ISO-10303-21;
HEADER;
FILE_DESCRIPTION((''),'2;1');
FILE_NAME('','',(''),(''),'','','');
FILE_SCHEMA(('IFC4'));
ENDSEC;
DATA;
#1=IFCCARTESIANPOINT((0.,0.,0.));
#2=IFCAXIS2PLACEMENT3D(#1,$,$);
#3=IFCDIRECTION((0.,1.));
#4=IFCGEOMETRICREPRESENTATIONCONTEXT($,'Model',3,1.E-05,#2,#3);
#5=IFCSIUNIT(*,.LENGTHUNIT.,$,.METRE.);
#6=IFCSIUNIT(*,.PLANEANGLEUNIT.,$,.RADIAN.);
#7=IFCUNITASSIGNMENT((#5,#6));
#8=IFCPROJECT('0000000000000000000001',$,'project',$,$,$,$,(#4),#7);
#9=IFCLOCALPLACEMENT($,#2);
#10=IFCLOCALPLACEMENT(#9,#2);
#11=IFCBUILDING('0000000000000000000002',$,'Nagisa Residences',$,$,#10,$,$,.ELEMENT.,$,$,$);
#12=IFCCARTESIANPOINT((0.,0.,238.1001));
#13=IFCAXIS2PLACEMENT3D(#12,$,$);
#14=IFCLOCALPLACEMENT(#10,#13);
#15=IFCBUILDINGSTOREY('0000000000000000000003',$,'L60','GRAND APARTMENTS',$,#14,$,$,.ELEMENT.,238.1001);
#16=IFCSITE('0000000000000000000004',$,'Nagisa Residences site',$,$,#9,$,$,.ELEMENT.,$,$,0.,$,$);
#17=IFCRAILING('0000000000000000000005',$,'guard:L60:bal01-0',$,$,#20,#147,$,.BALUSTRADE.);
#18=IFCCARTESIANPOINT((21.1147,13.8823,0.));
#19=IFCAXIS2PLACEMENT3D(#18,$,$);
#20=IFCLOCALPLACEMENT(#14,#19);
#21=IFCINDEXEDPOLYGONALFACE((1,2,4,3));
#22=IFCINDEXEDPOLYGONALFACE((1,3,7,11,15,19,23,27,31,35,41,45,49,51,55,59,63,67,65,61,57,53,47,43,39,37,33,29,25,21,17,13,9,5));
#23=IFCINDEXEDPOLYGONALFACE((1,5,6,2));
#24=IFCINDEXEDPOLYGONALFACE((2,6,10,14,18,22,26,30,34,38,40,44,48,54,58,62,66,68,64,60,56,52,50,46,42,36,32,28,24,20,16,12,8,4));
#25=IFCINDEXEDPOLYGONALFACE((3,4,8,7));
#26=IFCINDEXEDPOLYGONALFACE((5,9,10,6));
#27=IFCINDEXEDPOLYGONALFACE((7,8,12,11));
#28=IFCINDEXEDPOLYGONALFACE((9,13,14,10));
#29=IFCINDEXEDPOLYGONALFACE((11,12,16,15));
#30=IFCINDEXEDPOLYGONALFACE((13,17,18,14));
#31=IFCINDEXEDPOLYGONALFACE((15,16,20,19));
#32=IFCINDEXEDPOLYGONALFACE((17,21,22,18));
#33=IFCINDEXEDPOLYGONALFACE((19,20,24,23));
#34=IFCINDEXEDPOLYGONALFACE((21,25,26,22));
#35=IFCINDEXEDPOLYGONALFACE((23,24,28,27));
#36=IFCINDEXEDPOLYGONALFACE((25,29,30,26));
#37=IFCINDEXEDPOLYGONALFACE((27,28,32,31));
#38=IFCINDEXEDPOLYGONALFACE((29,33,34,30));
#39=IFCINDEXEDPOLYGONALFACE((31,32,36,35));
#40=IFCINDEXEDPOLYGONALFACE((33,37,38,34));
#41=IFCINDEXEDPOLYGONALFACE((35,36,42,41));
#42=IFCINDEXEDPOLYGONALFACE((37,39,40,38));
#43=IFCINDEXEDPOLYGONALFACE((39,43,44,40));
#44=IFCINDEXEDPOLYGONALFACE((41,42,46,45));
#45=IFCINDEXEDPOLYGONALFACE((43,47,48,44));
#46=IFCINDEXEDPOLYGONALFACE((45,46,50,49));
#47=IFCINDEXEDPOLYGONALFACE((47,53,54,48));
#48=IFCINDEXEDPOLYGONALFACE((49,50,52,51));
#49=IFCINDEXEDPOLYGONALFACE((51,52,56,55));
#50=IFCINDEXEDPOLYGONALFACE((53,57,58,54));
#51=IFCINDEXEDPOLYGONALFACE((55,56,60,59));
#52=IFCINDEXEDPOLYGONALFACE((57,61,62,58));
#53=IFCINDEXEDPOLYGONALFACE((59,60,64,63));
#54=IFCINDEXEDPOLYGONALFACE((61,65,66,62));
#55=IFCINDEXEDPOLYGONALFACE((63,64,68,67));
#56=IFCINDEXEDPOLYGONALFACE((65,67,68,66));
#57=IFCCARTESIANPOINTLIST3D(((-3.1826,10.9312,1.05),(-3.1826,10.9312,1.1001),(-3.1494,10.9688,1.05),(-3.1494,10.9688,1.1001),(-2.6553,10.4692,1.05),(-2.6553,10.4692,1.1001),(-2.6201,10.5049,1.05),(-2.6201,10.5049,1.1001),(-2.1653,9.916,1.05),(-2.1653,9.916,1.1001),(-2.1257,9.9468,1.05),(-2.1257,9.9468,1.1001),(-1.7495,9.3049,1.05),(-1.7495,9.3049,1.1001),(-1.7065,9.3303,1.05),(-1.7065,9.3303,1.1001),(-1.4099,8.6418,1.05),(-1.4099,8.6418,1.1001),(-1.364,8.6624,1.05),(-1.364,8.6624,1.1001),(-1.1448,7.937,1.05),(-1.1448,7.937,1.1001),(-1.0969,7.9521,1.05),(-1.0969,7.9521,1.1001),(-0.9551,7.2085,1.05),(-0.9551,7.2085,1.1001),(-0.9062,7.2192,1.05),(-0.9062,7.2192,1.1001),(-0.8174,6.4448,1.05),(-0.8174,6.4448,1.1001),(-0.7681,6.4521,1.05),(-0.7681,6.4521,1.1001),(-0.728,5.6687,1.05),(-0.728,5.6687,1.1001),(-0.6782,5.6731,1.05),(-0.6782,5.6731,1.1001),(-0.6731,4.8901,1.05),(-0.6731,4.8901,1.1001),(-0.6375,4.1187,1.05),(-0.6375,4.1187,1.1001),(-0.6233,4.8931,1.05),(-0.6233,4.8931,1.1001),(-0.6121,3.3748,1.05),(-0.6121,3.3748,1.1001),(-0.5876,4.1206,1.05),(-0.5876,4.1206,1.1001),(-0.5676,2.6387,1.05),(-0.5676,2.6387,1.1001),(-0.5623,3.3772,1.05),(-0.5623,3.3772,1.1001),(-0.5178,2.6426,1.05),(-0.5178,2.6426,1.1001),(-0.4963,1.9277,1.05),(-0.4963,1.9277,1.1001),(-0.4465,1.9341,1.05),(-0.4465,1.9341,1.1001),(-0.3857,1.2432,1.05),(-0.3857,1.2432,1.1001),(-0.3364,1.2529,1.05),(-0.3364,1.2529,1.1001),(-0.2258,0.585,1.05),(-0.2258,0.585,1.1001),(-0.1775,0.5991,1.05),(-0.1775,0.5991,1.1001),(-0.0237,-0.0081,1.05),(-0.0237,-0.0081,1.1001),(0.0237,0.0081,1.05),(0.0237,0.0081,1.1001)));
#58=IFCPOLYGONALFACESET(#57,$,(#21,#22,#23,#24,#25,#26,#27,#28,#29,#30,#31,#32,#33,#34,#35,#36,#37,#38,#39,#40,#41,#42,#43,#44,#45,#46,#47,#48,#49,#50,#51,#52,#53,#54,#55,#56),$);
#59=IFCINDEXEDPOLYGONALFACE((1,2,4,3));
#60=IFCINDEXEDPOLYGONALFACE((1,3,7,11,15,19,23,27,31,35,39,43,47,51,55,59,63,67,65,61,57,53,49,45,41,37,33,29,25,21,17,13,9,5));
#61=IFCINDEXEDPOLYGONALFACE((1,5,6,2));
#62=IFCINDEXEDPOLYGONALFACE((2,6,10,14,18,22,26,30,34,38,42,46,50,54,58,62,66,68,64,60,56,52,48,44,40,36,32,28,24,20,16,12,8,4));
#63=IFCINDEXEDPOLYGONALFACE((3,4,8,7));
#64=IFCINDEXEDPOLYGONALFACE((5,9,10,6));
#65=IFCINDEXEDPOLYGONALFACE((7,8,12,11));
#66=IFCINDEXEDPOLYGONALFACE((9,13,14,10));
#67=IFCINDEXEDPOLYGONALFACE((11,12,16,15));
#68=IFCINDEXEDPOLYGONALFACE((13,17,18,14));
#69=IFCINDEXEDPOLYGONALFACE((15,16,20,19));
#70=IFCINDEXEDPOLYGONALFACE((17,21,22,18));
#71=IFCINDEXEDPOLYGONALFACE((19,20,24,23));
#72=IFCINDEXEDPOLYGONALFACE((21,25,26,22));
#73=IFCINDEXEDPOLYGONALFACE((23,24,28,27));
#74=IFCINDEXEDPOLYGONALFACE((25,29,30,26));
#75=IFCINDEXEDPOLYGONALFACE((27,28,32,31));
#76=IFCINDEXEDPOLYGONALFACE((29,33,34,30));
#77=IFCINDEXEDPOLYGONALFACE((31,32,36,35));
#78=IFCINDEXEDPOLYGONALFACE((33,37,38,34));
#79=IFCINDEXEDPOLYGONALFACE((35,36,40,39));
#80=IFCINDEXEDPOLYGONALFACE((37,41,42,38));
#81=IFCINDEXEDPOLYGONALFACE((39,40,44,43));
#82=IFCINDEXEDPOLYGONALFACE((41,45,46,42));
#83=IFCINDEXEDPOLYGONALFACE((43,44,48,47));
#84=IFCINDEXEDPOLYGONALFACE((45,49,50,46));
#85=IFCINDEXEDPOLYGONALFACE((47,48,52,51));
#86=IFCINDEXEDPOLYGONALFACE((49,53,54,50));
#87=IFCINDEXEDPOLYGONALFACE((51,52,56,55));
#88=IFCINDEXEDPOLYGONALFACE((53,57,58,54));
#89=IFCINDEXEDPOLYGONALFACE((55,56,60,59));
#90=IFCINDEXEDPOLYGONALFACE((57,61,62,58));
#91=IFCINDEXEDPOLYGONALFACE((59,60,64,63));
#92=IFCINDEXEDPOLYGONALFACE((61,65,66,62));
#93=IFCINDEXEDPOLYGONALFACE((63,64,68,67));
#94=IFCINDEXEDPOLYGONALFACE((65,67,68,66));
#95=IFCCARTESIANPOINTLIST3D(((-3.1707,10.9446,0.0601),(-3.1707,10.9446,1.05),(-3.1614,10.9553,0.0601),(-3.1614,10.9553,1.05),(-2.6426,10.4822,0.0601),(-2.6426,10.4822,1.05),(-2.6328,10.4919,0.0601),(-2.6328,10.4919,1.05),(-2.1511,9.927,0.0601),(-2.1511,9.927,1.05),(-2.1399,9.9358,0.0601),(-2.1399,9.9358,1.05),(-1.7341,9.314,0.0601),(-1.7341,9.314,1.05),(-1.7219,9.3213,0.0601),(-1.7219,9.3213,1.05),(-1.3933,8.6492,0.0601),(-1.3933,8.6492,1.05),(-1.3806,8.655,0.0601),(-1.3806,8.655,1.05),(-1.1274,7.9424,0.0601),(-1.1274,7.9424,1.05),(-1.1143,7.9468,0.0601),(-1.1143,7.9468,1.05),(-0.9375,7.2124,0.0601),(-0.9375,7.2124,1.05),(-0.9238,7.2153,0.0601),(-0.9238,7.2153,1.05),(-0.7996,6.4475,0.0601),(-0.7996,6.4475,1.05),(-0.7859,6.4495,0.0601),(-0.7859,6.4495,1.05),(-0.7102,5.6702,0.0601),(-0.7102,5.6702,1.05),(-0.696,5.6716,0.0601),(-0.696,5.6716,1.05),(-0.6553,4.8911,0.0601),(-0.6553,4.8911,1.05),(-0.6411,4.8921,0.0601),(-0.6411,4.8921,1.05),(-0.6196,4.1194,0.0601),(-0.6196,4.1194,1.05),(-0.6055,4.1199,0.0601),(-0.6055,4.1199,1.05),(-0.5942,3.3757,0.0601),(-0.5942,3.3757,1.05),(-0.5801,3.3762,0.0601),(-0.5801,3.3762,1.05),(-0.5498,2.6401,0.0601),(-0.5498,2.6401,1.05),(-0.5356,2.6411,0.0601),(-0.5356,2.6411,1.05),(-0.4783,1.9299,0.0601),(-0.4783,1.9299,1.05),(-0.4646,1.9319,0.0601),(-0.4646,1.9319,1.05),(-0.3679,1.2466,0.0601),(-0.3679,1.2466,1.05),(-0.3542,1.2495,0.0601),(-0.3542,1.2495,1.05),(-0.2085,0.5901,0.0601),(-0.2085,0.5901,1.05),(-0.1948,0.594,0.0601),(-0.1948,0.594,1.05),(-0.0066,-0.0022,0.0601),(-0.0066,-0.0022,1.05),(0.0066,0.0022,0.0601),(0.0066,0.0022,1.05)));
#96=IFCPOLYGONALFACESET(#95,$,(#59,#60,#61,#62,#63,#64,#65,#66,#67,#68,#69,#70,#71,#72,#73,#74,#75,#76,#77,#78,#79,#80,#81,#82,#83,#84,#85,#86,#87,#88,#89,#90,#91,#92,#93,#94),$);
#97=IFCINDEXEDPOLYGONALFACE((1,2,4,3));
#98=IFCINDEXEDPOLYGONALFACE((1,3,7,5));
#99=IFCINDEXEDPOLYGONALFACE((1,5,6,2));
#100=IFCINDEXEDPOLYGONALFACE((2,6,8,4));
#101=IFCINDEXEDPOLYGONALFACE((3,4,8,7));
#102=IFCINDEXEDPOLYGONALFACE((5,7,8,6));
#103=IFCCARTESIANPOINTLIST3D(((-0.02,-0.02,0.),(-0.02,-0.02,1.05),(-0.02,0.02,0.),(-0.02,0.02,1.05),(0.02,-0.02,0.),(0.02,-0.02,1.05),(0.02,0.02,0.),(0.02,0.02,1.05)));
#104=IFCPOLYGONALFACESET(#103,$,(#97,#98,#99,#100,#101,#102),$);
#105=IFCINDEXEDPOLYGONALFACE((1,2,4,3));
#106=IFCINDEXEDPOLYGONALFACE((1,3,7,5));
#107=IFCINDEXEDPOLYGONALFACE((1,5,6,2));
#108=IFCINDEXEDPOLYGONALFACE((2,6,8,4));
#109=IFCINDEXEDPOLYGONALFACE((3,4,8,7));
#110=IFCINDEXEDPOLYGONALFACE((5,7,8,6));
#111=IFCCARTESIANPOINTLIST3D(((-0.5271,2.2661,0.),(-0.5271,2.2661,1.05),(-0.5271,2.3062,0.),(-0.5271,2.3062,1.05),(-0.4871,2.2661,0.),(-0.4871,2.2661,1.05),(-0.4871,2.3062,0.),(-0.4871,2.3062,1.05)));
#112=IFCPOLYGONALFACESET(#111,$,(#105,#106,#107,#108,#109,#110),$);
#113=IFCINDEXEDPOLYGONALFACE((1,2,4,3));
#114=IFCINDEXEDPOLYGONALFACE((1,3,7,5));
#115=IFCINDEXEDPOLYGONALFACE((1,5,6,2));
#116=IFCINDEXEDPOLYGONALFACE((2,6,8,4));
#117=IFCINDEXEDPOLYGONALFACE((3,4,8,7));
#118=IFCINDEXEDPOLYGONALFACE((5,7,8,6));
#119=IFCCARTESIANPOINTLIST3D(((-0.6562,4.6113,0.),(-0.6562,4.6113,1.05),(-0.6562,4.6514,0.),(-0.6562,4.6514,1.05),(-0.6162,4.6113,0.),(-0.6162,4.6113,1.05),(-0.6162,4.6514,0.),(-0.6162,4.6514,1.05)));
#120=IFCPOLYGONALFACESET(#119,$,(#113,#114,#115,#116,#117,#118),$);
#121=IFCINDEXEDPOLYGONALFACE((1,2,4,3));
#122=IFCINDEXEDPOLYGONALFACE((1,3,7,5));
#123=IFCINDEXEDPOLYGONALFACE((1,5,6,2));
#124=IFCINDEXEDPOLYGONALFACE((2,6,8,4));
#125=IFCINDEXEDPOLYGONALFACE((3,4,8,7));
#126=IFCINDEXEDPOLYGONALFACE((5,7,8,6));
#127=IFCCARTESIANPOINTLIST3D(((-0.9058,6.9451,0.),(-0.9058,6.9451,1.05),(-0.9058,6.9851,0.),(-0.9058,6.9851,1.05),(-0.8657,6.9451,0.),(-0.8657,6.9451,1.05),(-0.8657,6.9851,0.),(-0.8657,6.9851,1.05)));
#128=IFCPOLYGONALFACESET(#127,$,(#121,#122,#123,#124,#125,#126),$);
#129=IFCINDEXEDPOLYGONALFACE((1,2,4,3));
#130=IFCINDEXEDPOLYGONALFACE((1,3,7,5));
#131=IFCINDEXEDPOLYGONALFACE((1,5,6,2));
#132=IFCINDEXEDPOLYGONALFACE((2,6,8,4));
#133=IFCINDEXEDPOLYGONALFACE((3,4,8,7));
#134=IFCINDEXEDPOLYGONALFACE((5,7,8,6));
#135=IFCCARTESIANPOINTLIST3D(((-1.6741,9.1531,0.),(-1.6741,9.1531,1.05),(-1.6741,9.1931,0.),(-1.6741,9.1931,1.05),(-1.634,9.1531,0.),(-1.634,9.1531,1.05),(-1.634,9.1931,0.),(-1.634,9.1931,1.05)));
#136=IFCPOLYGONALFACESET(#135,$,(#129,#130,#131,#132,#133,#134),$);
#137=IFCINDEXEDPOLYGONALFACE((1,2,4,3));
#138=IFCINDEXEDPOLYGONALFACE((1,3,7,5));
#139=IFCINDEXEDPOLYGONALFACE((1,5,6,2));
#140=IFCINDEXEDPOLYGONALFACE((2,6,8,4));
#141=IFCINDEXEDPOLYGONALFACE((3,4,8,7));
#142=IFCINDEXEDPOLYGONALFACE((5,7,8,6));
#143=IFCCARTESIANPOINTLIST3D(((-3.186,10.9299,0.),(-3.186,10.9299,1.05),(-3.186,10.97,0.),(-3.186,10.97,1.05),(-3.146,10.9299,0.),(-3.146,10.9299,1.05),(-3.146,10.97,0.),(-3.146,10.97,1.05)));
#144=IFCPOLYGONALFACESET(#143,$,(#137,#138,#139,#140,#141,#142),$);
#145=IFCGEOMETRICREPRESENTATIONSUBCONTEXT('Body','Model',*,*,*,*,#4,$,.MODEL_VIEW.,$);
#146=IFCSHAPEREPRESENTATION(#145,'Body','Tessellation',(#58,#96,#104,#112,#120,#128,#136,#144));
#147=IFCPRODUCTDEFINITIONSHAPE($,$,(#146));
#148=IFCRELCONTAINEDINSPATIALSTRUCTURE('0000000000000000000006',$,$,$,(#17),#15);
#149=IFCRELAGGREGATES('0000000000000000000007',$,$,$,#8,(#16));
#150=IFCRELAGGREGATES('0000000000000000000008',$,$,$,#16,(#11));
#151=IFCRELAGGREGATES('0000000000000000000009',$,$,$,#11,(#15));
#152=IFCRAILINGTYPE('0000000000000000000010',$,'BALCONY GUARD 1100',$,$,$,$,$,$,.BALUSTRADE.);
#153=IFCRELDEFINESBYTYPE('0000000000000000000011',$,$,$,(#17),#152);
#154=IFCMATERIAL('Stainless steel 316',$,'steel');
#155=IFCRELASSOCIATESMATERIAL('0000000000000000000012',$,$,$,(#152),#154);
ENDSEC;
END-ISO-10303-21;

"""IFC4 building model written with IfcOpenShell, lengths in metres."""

from ifc_helpers import new_model, si_unit, direction, frame, origin, origin_2d, place, context, subcontext, project, spatial, polyline, rectangle, outline, extrude, material, type_object, element, save


model = new_model("IFC4")

# Units and contexts
model_context = context("Model", 3, precision=1e-05, world=origin(), true_north=direction((0.0, 1.0)))
body_context = subcontext(model_context, "Body", "Model", "MODEL_VIEW")
ifc_project = project(units=[si_unit("LENGTHUNIT", "METRE"), si_unit("PLANEANGLEUNIT", "RADIAN")], contexts=[model_context])

# Site, building, storey
site_placement = place(None, origin())
site = spatial("IfcSite", under=ifc_project, at=site_placement, Name="Nagisa Residences site", CompositionType="ELEMENT", RefElevation=0.0)
building_placement = place(site_placement, origin())
building = spatial("IfcBuilding", under=site, at=building_placement, Name="Nagisa Residences", CompositionType="ELEMENT")
storey_placement = place(building_placement, frame((0.0, 0.0, 238.1001)))
storey = spatial("IfcBuildingStorey", under=building, at=storey_placement, Name="L60", Description="GRAND APARTMENTS", CompositionType="ELEMENT", Elevation=238.1001)

# Railing
ifc_material_1 = material(Name="Stainless steel 316", Category="steel")
railing_type = type_object("IfcRailingType", Name="BALCONY GUARD 1100", PredefinedType="BALUSTRADE", material=ifc_material_1)
railing_1_placement = place(storey_placement, frame((21.1147, 13.8823, 0.0)))
element("IfcRailing", 1, at=railing_1_placement, inside=storey, type_object=railing_type, Name="guard:L60:bal01-0", PredefinedType="BALUSTRADE", context=body_context, shape_type="SweptSolid", body=[
    extrude(outline(polyline([(-0.2258, 0.585), (-0.0237, -0.0081), (0.0237, 0.0081), (-0.1775, 0.5991), (-0.3364, 1.2529), (-0.4465, 1.9341), (-0.5178, 2.6426), (-0.5623, 3.3772), (-0.5876, 4.1206), (-0.6233, 4.8931), (-0.6782, 5.6731), (-0.7681, 6.4521), (-0.9062, 7.2192), (-1.0969, 7.9521), (-1.364, 8.6624), (-1.7065, 9.3303), (-2.1257, 9.9468), (-2.6201, 10.5049), (-3.1494, 10.9688), (-3.1826, 10.9312), (-2.6553, 10.4692), (-2.1653, 9.916), (-1.7495, 9.3049), (-1.4099, 8.6418), (-1.1448, 7.937), (-0.9551, 7.2085), (-0.8174, 6.4448), (-0.728, 5.6687), (-0.6731, 4.8901), (-0.6375, 4.1187), (-0.6121, 3.3748), (-0.5676, 2.6387), (-0.4963, 1.9277), (-0.3857, 1.2432), (-0.2258, 0.585)])), frame((0.0, 0.0, 1.05)), (0.0, 0.0, 1.0), 0.05),
    extrude(outline(polyline([(-0.2085, 0.5901), (-0.0066, -0.0022), (0.0066, 0.0022), (-0.1948, 0.594), (-0.3542, 1.2495), (-0.4646, 1.9319), (-0.5356, 2.6411), (-0.5801, 3.3762), (-0.6055, 4.1199), (-0.6411, 4.8921), (-0.696, 5.6716), (-0.7859, 6.4495), (-0.9238, 7.2153), (-1.1143, 7.9468), (-1.3806, 8.655), (-1.7219, 9.3213), (-2.1399, 9.9358), (-2.6328, 10.4919), (-3.1614, 10.9553), (-3.1707, 10.9446), (-2.6426, 10.4822), (-2.1511, 9.927), (-1.7341, 9.314), (-1.3933, 8.6492), (-1.1274, 7.9424), (-0.9375, 7.2124), (-0.7996, 6.4475), (-0.7102, 5.6702), (-0.6553, 4.8911), (-0.6196, 4.1194), (-0.5942, 3.3757), (-0.5498, 2.6401), (-0.4783, 1.9299), (-0.3679, 1.2466), (-0.2085, 0.5901)])), frame((0.0, 0.0, 0.0601)), (0.0, 0.0, 1.0), 0.99),
    extrude(rectangle(XDim=0.04, YDim=0.04, at=origin_2d()), origin(), (0.0, 0.0, 1.0), 1.05),
    extrude(rectangle(XDim=0.04, YDim=0.04, at=origin_2d()), frame((-0.5071, 2.2861, 0.0)), (0.0, 0.0, 1.0), 1.05),
    extrude(rectangle(XDim=0.04, YDim=0.04, at=origin_2d()), frame((-0.6362, 4.6313, 0.0)), (0.0, 0.0, 1.0), 1.05),
    extrude(rectangle(XDim=0.04, YDim=0.04, at=origin_2d()), frame((-0.8857, 6.9651, 0.0)), (0.0, 0.0, 1.0), 1.05),
    extrude(rectangle(XDim=0.04, YDim=0.04, at=origin_2d()), frame((-1.6541, 9.1731, 0.0)), (0.0, 0.0, 1.0), 1.05),
    extrude(rectangle(XDim=0.04, YDim=0.04, at=origin_2d()), frame((-3.166, 10.95, 0.0)), (0.0, 0.0, 1.0), 1.05),
])

save(model, "model.ifc")
